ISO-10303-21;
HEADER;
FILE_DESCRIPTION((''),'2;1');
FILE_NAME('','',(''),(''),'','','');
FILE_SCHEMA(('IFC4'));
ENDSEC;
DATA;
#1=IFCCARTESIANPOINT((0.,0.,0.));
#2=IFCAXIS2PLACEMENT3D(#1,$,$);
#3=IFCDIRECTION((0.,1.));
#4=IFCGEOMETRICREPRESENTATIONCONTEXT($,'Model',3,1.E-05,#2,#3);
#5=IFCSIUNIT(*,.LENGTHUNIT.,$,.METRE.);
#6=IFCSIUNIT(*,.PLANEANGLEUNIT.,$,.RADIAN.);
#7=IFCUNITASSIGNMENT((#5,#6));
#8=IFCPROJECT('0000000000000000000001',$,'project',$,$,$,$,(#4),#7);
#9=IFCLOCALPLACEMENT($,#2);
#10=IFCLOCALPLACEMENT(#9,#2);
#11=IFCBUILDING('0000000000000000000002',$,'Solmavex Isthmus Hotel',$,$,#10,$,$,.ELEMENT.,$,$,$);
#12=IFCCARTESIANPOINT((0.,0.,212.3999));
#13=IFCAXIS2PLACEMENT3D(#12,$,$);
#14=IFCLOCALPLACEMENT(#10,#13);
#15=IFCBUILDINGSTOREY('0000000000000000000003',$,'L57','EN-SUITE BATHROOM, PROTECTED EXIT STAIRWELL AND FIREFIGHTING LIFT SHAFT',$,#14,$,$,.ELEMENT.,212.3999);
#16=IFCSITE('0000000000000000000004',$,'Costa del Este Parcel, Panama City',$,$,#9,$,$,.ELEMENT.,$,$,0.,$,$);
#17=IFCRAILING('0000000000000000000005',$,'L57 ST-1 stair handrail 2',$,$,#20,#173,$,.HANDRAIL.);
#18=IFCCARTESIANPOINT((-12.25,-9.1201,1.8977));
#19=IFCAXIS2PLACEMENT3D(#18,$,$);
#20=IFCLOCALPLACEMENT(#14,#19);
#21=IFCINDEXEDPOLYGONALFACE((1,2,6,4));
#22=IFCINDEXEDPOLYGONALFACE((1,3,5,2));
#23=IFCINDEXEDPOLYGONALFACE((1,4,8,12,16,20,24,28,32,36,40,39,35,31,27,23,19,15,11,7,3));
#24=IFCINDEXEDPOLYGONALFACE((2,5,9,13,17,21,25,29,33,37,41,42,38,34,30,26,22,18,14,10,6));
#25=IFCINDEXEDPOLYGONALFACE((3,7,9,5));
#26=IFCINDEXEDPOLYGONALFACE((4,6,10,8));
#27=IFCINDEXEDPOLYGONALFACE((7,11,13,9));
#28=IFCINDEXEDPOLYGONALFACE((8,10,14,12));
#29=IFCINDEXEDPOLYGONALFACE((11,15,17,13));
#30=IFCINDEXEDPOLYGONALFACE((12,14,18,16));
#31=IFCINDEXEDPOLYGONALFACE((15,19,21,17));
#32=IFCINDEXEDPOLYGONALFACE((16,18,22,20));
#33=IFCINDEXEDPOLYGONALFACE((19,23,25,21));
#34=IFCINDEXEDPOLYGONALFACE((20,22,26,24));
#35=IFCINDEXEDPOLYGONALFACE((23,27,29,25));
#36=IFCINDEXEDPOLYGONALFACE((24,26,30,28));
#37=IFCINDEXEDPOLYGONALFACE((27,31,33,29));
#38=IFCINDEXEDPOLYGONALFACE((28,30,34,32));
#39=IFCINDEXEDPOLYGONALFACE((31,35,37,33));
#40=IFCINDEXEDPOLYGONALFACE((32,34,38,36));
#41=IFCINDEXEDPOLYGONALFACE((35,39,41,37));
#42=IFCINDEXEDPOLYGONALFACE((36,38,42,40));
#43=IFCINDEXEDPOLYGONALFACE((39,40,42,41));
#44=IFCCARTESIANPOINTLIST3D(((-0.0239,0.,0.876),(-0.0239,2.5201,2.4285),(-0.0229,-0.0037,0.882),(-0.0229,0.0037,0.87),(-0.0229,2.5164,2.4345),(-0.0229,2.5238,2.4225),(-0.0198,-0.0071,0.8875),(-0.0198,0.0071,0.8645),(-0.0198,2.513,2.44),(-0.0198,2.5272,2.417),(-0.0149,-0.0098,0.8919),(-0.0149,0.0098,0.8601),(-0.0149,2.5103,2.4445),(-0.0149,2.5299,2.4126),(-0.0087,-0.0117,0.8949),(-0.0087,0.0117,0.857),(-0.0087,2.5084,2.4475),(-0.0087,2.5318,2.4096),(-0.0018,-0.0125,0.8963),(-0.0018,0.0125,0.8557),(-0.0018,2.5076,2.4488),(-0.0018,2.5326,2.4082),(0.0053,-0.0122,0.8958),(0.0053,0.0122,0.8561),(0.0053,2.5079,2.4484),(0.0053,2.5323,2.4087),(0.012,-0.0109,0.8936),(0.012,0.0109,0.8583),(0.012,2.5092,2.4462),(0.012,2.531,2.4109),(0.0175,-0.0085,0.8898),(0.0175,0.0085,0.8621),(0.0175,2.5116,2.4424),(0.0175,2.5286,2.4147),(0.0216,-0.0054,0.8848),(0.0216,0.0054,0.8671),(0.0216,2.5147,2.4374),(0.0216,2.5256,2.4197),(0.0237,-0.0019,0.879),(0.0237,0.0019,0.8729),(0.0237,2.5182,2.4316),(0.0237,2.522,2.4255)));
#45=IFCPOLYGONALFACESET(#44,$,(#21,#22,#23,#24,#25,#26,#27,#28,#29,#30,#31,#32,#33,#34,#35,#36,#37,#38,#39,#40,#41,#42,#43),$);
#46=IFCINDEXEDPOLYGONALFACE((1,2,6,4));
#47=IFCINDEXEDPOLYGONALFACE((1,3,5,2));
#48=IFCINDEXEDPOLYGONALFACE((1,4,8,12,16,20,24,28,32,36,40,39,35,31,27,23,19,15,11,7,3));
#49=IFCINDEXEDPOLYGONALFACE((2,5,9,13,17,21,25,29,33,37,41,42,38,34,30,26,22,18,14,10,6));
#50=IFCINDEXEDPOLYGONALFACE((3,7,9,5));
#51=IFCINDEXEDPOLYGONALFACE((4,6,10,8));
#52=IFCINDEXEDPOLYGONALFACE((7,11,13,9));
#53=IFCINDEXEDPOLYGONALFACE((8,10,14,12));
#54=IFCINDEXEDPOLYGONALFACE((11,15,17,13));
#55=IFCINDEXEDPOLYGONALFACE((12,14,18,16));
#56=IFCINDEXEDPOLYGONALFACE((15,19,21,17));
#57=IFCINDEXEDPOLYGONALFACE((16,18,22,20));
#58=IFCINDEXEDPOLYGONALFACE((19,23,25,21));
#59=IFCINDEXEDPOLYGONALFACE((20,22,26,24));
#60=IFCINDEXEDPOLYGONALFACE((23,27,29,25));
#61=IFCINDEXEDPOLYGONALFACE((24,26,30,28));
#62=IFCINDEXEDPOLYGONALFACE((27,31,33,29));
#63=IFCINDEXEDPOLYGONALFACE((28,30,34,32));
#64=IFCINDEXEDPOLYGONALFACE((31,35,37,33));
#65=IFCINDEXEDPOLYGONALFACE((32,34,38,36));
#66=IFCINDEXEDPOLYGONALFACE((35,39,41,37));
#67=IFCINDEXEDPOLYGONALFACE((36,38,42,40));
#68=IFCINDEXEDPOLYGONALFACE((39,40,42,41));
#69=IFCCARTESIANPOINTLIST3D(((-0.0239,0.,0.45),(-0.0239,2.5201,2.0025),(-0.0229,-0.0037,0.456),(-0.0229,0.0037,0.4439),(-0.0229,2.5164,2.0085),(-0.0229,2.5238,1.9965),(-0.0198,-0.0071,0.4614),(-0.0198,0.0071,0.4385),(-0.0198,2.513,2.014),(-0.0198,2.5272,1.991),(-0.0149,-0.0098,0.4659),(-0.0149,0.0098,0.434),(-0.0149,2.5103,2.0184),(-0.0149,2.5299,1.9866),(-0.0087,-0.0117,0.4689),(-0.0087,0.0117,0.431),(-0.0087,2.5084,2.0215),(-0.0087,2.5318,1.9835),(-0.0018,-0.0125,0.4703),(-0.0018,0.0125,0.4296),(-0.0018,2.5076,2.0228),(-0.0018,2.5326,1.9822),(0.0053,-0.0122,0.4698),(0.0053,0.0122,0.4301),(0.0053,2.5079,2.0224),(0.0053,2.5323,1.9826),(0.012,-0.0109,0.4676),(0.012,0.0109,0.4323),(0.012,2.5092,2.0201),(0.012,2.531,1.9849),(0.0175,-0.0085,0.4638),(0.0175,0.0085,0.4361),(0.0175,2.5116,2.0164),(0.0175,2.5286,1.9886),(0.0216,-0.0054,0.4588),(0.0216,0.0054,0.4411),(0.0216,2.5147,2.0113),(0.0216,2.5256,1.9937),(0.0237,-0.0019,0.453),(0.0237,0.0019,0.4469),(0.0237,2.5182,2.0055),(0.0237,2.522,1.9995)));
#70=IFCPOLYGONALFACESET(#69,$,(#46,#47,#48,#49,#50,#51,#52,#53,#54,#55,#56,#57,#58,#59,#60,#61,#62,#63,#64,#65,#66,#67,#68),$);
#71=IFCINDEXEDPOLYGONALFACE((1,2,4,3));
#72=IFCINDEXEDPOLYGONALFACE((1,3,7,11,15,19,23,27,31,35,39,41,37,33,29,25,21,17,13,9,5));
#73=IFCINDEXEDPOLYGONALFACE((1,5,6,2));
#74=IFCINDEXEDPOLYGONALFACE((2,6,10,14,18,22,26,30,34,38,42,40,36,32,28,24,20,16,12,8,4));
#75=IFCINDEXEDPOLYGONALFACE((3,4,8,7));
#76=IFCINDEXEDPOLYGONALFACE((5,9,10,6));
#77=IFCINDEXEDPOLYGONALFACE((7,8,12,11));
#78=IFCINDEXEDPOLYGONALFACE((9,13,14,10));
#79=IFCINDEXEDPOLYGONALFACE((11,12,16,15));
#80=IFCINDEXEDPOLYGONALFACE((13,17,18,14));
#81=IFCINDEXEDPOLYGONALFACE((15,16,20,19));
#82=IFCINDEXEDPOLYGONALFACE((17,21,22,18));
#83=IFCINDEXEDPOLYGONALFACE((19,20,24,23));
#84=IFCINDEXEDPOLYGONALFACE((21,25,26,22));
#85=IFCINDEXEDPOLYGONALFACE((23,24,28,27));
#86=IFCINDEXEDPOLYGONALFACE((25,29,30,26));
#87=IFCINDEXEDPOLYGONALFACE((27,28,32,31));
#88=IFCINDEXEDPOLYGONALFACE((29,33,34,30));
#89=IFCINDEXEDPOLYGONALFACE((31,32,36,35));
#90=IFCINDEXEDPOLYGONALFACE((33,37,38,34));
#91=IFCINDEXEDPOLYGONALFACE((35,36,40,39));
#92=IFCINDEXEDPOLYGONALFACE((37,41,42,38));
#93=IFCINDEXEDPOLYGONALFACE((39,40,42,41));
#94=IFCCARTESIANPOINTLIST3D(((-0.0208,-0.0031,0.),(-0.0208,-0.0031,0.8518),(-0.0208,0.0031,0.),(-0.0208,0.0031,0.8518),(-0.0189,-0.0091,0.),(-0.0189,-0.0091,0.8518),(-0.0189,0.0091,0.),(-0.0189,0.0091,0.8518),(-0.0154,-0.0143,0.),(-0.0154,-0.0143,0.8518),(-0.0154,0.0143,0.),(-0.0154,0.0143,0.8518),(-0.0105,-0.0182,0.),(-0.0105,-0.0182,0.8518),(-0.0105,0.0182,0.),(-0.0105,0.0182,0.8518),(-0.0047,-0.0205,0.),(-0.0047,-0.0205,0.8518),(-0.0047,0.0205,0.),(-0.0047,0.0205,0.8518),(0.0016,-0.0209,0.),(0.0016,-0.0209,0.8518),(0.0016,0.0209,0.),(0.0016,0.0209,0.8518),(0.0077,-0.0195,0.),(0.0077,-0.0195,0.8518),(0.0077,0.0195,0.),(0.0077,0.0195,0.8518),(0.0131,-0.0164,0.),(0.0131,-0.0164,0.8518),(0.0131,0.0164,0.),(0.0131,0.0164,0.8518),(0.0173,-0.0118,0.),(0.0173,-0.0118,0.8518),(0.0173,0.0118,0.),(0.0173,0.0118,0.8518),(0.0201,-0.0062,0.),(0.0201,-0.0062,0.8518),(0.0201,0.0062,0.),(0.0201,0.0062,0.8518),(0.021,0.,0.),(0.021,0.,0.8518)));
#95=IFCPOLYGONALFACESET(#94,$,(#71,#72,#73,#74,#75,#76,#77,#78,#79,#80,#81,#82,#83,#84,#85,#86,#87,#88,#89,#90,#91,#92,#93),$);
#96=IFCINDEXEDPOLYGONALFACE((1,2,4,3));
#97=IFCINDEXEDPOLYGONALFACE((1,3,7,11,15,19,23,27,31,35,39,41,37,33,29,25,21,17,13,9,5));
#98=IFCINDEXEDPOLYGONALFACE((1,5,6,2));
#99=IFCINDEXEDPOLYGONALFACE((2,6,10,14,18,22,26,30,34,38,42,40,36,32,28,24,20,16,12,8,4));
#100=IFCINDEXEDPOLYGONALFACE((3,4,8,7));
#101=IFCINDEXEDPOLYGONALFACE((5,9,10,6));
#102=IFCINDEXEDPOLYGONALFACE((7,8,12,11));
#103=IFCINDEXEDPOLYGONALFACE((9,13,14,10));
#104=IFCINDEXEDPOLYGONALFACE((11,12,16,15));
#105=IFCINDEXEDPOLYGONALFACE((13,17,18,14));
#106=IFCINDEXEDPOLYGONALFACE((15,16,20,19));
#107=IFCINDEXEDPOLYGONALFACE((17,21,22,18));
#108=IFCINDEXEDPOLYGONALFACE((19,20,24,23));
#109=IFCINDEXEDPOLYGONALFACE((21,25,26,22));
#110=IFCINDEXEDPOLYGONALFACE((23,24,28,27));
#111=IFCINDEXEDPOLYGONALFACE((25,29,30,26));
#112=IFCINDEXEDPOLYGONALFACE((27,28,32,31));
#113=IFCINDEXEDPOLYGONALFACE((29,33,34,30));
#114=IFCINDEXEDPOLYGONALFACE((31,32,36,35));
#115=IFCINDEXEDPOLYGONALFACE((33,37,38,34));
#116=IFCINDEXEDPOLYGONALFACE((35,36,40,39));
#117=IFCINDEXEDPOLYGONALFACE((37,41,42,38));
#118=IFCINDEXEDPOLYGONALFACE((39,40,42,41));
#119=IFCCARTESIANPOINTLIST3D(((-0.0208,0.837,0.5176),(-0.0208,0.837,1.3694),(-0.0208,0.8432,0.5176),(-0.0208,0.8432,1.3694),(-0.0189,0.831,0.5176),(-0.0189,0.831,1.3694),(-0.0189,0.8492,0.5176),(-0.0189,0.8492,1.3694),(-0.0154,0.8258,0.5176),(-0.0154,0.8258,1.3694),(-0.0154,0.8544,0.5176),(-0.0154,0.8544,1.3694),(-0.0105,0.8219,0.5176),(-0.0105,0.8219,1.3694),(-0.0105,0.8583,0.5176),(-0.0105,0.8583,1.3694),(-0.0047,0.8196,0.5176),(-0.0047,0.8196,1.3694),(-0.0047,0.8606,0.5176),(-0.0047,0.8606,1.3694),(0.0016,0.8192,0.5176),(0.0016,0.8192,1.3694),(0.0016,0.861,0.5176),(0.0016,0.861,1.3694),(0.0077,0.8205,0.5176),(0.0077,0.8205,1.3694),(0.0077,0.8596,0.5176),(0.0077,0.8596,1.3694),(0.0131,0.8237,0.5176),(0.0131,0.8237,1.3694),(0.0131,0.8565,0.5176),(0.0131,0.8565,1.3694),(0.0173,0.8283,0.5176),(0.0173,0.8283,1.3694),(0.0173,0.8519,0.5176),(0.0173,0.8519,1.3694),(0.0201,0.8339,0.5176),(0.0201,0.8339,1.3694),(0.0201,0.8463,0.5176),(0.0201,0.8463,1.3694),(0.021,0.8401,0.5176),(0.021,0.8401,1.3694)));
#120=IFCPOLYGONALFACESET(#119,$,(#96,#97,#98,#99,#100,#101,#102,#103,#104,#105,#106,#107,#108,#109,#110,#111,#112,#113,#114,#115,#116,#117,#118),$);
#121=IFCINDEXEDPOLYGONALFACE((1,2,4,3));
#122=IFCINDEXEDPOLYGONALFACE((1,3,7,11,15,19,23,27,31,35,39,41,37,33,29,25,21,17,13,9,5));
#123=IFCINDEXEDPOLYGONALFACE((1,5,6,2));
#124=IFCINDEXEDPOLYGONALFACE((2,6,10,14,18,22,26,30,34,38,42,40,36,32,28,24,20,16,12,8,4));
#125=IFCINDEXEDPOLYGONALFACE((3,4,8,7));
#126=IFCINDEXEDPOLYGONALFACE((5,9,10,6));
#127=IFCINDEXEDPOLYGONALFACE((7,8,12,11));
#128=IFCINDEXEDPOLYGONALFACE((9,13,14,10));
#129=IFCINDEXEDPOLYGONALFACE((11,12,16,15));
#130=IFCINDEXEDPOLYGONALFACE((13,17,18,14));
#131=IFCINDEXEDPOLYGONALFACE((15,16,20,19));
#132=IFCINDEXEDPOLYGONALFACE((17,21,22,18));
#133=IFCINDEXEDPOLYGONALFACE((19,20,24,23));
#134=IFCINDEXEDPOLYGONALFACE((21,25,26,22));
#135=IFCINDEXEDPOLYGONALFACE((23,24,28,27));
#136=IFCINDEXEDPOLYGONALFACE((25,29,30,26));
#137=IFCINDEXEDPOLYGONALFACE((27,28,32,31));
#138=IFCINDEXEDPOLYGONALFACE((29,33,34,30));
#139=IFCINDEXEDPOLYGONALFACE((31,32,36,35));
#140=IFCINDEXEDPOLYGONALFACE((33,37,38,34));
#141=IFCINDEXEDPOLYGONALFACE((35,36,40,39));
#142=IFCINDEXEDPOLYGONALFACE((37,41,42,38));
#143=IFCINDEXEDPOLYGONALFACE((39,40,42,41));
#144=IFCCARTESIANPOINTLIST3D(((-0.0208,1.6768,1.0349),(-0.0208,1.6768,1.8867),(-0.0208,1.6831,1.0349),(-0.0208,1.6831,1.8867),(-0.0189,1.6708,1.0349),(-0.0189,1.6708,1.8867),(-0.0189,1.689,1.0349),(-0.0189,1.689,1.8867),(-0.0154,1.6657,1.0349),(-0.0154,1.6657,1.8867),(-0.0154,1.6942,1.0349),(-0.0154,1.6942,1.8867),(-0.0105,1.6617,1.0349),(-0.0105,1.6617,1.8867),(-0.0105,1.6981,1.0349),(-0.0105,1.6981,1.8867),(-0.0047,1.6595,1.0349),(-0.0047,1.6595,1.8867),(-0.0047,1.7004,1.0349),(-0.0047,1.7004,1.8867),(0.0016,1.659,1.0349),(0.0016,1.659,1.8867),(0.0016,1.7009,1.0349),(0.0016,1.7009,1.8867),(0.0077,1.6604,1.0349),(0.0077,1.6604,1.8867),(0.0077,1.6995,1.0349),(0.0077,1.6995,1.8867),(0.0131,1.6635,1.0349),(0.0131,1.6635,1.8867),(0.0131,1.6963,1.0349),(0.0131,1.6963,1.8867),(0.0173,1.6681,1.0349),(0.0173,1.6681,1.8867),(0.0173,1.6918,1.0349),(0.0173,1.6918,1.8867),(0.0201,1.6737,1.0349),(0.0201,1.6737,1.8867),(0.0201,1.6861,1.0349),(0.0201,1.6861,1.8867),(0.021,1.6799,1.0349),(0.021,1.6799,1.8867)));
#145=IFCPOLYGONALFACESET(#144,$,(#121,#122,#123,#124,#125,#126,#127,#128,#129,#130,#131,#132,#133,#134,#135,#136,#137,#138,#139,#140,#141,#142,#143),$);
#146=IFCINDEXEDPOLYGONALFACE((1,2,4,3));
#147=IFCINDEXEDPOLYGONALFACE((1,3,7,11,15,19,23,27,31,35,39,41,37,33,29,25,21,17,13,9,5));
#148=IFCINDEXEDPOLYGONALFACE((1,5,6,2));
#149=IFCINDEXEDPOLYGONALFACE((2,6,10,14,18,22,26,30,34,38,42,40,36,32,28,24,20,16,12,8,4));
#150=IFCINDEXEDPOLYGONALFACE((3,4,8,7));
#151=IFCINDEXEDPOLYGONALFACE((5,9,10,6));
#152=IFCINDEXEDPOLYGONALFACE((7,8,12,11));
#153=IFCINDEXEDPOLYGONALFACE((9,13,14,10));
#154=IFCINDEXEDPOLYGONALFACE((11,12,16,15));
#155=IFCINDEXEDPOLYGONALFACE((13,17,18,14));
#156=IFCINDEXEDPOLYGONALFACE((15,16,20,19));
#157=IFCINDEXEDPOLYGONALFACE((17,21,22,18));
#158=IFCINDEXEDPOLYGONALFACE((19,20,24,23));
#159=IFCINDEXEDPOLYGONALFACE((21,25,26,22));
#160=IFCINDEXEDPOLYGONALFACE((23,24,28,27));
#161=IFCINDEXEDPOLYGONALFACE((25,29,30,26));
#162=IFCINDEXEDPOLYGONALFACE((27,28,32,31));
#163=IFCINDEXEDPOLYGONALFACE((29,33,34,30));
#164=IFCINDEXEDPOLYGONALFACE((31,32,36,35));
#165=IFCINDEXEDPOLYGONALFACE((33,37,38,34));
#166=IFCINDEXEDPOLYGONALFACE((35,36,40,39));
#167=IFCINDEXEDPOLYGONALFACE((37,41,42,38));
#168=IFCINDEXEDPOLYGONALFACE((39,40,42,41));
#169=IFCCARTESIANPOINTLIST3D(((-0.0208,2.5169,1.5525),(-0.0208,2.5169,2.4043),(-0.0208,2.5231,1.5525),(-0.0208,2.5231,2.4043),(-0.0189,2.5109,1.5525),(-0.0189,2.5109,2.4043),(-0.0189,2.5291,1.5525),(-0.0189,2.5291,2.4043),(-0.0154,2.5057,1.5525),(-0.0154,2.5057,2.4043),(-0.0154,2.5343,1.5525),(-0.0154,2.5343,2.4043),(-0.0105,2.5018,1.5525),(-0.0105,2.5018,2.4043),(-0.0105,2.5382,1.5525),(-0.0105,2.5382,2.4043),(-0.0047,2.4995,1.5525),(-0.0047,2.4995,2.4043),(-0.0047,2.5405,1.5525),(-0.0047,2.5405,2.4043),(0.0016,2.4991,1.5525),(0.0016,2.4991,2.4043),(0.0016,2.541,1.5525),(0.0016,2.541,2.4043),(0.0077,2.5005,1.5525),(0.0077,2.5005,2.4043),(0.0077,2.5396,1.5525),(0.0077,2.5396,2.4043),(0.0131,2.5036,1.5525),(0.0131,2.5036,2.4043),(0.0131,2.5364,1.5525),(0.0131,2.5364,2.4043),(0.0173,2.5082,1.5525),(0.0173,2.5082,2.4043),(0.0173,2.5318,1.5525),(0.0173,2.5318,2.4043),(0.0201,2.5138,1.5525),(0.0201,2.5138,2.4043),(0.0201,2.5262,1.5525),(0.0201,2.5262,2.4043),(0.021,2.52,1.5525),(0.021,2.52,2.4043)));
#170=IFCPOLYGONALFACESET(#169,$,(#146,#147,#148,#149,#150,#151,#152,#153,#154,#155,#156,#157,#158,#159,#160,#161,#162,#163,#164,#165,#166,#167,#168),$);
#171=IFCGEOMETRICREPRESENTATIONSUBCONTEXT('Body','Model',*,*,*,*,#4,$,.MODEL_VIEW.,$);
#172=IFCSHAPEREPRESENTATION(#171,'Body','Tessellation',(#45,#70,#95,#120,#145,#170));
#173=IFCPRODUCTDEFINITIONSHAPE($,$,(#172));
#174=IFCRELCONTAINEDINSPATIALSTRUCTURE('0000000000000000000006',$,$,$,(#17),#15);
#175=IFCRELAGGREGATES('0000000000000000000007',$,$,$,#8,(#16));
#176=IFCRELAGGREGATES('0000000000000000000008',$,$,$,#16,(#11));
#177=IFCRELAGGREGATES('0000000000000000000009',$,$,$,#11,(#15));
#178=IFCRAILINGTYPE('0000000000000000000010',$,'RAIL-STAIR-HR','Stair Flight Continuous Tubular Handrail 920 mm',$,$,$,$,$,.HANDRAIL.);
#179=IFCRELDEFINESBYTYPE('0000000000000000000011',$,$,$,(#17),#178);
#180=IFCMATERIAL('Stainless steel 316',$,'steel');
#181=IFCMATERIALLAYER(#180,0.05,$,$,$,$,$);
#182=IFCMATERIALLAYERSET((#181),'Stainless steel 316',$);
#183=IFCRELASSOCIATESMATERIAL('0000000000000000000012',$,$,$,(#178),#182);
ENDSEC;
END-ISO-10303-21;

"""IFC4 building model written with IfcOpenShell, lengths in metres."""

from ifc_helpers import new_model, si_unit, direction, frame, origin, origin_2d, place, context, subcontext, project, spatial, circle, extrude, material, layer, layer_set, type_object, element, save


model = new_model("IFC4")

# Units and contexts
model_context = context("Model", 3, precision=1e-05, world=origin(), true_north=direction((0.0, 1.0)))
body_context = subcontext(model_context, "Body", "Model", "MODEL_VIEW")
ifc_project = project(units=[si_unit("LENGTHUNIT", "METRE"), si_unit("PLANEANGLEUNIT", "RADIAN")], contexts=[model_context])

# Site, building, storey
site_placement = place(None, origin())
site = spatial("IfcSite", under=ifc_project, at=site_placement, Name="Costa del Este Parcel, Panama City", CompositionType="ELEMENT", RefElevation=0.0)
building_placement = place(site_placement, origin())
building = spatial("IfcBuilding", under=site, at=building_placement, Name="Solmavex Isthmus Hotel", CompositionType="ELEMENT")
storey_placement = place(building_placement, frame((0.0, 0.0, 212.3999)))
storey = spatial("IfcBuildingStorey", under=building, at=storey_placement, Name="L57", Description="EN-SUITE BATHROOM, PROTECTED EXIT STAIRWELL AND FIREFIGHTING LIFT SHAFT", CompositionType="ELEMENT", Elevation=212.3999)

# Shared definitions
ifc_material_1 = material(Name="Stainless steel 316", Category="steel")

# Railing
ifc_layer_1 = layer(ifc_material_1, 0.05)
ifc_layer_set_1 = layer_set([ifc_layer_1], Name="Stainless steel 316")
railing_type = type_object("IfcRailingType", Name="RAIL-STAIR-HR", Description="Stair Flight Continuous Tubular Handrail 920 mm", PredefinedType="HANDRAIL", material=ifc_layer_set_1)
railing_placement = place(storey_placement, frame((-12.25, -9.1201, 1.8977)))
element("IfcRailing", 1, at=railing_placement, inside=storey, type_object=railing_type, Name="L57 ST-1 stair handrail 2", PredefinedType="HANDRAIL", context=body_context, shape_type="SweptSolid", body=[
    extrude(circle(Radius=0.0239, at=origin_2d()), frame((0.0, 0.0, 0.876), z_axis=(0.0, 0.8514, 0.524516), x_axis=(-1.0, 0.0, 0.0)), (0.0, 0.0, 1.0), 2.96),
    extrude(circle(Radius=0.0239, at=origin_2d()), frame((0.0, 0.0, 0.45), z_axis=(0.0, 0.8514, 0.524516), x_axis=(-1.0, 0.0, 0.0)), (0.0, 0.0, 1.0), 2.96),
    extrude(circle(Radius=0.021, at=origin_2d()), origin(), (0.0, 0.0, 1.0), 0.8518),
    extrude(circle(Radius=0.021, at=origin_2d()), frame((0.0, 0.8401, 0.5176)), (0.0, 0.0, 1.0), 0.8518),
    extrude(circle(Radius=0.021, at=origin_2d()), frame((0.0, 1.6799, 1.0349)), (0.0, 0.0, 1.0), 0.8518),
    extrude(circle(Radius=0.021, at=origin_2d()), frame((0.0, 2.52, 1.5525)), (0.0, 0.0, 1.0), 0.8518),
])

save(model, "model.ifc")
